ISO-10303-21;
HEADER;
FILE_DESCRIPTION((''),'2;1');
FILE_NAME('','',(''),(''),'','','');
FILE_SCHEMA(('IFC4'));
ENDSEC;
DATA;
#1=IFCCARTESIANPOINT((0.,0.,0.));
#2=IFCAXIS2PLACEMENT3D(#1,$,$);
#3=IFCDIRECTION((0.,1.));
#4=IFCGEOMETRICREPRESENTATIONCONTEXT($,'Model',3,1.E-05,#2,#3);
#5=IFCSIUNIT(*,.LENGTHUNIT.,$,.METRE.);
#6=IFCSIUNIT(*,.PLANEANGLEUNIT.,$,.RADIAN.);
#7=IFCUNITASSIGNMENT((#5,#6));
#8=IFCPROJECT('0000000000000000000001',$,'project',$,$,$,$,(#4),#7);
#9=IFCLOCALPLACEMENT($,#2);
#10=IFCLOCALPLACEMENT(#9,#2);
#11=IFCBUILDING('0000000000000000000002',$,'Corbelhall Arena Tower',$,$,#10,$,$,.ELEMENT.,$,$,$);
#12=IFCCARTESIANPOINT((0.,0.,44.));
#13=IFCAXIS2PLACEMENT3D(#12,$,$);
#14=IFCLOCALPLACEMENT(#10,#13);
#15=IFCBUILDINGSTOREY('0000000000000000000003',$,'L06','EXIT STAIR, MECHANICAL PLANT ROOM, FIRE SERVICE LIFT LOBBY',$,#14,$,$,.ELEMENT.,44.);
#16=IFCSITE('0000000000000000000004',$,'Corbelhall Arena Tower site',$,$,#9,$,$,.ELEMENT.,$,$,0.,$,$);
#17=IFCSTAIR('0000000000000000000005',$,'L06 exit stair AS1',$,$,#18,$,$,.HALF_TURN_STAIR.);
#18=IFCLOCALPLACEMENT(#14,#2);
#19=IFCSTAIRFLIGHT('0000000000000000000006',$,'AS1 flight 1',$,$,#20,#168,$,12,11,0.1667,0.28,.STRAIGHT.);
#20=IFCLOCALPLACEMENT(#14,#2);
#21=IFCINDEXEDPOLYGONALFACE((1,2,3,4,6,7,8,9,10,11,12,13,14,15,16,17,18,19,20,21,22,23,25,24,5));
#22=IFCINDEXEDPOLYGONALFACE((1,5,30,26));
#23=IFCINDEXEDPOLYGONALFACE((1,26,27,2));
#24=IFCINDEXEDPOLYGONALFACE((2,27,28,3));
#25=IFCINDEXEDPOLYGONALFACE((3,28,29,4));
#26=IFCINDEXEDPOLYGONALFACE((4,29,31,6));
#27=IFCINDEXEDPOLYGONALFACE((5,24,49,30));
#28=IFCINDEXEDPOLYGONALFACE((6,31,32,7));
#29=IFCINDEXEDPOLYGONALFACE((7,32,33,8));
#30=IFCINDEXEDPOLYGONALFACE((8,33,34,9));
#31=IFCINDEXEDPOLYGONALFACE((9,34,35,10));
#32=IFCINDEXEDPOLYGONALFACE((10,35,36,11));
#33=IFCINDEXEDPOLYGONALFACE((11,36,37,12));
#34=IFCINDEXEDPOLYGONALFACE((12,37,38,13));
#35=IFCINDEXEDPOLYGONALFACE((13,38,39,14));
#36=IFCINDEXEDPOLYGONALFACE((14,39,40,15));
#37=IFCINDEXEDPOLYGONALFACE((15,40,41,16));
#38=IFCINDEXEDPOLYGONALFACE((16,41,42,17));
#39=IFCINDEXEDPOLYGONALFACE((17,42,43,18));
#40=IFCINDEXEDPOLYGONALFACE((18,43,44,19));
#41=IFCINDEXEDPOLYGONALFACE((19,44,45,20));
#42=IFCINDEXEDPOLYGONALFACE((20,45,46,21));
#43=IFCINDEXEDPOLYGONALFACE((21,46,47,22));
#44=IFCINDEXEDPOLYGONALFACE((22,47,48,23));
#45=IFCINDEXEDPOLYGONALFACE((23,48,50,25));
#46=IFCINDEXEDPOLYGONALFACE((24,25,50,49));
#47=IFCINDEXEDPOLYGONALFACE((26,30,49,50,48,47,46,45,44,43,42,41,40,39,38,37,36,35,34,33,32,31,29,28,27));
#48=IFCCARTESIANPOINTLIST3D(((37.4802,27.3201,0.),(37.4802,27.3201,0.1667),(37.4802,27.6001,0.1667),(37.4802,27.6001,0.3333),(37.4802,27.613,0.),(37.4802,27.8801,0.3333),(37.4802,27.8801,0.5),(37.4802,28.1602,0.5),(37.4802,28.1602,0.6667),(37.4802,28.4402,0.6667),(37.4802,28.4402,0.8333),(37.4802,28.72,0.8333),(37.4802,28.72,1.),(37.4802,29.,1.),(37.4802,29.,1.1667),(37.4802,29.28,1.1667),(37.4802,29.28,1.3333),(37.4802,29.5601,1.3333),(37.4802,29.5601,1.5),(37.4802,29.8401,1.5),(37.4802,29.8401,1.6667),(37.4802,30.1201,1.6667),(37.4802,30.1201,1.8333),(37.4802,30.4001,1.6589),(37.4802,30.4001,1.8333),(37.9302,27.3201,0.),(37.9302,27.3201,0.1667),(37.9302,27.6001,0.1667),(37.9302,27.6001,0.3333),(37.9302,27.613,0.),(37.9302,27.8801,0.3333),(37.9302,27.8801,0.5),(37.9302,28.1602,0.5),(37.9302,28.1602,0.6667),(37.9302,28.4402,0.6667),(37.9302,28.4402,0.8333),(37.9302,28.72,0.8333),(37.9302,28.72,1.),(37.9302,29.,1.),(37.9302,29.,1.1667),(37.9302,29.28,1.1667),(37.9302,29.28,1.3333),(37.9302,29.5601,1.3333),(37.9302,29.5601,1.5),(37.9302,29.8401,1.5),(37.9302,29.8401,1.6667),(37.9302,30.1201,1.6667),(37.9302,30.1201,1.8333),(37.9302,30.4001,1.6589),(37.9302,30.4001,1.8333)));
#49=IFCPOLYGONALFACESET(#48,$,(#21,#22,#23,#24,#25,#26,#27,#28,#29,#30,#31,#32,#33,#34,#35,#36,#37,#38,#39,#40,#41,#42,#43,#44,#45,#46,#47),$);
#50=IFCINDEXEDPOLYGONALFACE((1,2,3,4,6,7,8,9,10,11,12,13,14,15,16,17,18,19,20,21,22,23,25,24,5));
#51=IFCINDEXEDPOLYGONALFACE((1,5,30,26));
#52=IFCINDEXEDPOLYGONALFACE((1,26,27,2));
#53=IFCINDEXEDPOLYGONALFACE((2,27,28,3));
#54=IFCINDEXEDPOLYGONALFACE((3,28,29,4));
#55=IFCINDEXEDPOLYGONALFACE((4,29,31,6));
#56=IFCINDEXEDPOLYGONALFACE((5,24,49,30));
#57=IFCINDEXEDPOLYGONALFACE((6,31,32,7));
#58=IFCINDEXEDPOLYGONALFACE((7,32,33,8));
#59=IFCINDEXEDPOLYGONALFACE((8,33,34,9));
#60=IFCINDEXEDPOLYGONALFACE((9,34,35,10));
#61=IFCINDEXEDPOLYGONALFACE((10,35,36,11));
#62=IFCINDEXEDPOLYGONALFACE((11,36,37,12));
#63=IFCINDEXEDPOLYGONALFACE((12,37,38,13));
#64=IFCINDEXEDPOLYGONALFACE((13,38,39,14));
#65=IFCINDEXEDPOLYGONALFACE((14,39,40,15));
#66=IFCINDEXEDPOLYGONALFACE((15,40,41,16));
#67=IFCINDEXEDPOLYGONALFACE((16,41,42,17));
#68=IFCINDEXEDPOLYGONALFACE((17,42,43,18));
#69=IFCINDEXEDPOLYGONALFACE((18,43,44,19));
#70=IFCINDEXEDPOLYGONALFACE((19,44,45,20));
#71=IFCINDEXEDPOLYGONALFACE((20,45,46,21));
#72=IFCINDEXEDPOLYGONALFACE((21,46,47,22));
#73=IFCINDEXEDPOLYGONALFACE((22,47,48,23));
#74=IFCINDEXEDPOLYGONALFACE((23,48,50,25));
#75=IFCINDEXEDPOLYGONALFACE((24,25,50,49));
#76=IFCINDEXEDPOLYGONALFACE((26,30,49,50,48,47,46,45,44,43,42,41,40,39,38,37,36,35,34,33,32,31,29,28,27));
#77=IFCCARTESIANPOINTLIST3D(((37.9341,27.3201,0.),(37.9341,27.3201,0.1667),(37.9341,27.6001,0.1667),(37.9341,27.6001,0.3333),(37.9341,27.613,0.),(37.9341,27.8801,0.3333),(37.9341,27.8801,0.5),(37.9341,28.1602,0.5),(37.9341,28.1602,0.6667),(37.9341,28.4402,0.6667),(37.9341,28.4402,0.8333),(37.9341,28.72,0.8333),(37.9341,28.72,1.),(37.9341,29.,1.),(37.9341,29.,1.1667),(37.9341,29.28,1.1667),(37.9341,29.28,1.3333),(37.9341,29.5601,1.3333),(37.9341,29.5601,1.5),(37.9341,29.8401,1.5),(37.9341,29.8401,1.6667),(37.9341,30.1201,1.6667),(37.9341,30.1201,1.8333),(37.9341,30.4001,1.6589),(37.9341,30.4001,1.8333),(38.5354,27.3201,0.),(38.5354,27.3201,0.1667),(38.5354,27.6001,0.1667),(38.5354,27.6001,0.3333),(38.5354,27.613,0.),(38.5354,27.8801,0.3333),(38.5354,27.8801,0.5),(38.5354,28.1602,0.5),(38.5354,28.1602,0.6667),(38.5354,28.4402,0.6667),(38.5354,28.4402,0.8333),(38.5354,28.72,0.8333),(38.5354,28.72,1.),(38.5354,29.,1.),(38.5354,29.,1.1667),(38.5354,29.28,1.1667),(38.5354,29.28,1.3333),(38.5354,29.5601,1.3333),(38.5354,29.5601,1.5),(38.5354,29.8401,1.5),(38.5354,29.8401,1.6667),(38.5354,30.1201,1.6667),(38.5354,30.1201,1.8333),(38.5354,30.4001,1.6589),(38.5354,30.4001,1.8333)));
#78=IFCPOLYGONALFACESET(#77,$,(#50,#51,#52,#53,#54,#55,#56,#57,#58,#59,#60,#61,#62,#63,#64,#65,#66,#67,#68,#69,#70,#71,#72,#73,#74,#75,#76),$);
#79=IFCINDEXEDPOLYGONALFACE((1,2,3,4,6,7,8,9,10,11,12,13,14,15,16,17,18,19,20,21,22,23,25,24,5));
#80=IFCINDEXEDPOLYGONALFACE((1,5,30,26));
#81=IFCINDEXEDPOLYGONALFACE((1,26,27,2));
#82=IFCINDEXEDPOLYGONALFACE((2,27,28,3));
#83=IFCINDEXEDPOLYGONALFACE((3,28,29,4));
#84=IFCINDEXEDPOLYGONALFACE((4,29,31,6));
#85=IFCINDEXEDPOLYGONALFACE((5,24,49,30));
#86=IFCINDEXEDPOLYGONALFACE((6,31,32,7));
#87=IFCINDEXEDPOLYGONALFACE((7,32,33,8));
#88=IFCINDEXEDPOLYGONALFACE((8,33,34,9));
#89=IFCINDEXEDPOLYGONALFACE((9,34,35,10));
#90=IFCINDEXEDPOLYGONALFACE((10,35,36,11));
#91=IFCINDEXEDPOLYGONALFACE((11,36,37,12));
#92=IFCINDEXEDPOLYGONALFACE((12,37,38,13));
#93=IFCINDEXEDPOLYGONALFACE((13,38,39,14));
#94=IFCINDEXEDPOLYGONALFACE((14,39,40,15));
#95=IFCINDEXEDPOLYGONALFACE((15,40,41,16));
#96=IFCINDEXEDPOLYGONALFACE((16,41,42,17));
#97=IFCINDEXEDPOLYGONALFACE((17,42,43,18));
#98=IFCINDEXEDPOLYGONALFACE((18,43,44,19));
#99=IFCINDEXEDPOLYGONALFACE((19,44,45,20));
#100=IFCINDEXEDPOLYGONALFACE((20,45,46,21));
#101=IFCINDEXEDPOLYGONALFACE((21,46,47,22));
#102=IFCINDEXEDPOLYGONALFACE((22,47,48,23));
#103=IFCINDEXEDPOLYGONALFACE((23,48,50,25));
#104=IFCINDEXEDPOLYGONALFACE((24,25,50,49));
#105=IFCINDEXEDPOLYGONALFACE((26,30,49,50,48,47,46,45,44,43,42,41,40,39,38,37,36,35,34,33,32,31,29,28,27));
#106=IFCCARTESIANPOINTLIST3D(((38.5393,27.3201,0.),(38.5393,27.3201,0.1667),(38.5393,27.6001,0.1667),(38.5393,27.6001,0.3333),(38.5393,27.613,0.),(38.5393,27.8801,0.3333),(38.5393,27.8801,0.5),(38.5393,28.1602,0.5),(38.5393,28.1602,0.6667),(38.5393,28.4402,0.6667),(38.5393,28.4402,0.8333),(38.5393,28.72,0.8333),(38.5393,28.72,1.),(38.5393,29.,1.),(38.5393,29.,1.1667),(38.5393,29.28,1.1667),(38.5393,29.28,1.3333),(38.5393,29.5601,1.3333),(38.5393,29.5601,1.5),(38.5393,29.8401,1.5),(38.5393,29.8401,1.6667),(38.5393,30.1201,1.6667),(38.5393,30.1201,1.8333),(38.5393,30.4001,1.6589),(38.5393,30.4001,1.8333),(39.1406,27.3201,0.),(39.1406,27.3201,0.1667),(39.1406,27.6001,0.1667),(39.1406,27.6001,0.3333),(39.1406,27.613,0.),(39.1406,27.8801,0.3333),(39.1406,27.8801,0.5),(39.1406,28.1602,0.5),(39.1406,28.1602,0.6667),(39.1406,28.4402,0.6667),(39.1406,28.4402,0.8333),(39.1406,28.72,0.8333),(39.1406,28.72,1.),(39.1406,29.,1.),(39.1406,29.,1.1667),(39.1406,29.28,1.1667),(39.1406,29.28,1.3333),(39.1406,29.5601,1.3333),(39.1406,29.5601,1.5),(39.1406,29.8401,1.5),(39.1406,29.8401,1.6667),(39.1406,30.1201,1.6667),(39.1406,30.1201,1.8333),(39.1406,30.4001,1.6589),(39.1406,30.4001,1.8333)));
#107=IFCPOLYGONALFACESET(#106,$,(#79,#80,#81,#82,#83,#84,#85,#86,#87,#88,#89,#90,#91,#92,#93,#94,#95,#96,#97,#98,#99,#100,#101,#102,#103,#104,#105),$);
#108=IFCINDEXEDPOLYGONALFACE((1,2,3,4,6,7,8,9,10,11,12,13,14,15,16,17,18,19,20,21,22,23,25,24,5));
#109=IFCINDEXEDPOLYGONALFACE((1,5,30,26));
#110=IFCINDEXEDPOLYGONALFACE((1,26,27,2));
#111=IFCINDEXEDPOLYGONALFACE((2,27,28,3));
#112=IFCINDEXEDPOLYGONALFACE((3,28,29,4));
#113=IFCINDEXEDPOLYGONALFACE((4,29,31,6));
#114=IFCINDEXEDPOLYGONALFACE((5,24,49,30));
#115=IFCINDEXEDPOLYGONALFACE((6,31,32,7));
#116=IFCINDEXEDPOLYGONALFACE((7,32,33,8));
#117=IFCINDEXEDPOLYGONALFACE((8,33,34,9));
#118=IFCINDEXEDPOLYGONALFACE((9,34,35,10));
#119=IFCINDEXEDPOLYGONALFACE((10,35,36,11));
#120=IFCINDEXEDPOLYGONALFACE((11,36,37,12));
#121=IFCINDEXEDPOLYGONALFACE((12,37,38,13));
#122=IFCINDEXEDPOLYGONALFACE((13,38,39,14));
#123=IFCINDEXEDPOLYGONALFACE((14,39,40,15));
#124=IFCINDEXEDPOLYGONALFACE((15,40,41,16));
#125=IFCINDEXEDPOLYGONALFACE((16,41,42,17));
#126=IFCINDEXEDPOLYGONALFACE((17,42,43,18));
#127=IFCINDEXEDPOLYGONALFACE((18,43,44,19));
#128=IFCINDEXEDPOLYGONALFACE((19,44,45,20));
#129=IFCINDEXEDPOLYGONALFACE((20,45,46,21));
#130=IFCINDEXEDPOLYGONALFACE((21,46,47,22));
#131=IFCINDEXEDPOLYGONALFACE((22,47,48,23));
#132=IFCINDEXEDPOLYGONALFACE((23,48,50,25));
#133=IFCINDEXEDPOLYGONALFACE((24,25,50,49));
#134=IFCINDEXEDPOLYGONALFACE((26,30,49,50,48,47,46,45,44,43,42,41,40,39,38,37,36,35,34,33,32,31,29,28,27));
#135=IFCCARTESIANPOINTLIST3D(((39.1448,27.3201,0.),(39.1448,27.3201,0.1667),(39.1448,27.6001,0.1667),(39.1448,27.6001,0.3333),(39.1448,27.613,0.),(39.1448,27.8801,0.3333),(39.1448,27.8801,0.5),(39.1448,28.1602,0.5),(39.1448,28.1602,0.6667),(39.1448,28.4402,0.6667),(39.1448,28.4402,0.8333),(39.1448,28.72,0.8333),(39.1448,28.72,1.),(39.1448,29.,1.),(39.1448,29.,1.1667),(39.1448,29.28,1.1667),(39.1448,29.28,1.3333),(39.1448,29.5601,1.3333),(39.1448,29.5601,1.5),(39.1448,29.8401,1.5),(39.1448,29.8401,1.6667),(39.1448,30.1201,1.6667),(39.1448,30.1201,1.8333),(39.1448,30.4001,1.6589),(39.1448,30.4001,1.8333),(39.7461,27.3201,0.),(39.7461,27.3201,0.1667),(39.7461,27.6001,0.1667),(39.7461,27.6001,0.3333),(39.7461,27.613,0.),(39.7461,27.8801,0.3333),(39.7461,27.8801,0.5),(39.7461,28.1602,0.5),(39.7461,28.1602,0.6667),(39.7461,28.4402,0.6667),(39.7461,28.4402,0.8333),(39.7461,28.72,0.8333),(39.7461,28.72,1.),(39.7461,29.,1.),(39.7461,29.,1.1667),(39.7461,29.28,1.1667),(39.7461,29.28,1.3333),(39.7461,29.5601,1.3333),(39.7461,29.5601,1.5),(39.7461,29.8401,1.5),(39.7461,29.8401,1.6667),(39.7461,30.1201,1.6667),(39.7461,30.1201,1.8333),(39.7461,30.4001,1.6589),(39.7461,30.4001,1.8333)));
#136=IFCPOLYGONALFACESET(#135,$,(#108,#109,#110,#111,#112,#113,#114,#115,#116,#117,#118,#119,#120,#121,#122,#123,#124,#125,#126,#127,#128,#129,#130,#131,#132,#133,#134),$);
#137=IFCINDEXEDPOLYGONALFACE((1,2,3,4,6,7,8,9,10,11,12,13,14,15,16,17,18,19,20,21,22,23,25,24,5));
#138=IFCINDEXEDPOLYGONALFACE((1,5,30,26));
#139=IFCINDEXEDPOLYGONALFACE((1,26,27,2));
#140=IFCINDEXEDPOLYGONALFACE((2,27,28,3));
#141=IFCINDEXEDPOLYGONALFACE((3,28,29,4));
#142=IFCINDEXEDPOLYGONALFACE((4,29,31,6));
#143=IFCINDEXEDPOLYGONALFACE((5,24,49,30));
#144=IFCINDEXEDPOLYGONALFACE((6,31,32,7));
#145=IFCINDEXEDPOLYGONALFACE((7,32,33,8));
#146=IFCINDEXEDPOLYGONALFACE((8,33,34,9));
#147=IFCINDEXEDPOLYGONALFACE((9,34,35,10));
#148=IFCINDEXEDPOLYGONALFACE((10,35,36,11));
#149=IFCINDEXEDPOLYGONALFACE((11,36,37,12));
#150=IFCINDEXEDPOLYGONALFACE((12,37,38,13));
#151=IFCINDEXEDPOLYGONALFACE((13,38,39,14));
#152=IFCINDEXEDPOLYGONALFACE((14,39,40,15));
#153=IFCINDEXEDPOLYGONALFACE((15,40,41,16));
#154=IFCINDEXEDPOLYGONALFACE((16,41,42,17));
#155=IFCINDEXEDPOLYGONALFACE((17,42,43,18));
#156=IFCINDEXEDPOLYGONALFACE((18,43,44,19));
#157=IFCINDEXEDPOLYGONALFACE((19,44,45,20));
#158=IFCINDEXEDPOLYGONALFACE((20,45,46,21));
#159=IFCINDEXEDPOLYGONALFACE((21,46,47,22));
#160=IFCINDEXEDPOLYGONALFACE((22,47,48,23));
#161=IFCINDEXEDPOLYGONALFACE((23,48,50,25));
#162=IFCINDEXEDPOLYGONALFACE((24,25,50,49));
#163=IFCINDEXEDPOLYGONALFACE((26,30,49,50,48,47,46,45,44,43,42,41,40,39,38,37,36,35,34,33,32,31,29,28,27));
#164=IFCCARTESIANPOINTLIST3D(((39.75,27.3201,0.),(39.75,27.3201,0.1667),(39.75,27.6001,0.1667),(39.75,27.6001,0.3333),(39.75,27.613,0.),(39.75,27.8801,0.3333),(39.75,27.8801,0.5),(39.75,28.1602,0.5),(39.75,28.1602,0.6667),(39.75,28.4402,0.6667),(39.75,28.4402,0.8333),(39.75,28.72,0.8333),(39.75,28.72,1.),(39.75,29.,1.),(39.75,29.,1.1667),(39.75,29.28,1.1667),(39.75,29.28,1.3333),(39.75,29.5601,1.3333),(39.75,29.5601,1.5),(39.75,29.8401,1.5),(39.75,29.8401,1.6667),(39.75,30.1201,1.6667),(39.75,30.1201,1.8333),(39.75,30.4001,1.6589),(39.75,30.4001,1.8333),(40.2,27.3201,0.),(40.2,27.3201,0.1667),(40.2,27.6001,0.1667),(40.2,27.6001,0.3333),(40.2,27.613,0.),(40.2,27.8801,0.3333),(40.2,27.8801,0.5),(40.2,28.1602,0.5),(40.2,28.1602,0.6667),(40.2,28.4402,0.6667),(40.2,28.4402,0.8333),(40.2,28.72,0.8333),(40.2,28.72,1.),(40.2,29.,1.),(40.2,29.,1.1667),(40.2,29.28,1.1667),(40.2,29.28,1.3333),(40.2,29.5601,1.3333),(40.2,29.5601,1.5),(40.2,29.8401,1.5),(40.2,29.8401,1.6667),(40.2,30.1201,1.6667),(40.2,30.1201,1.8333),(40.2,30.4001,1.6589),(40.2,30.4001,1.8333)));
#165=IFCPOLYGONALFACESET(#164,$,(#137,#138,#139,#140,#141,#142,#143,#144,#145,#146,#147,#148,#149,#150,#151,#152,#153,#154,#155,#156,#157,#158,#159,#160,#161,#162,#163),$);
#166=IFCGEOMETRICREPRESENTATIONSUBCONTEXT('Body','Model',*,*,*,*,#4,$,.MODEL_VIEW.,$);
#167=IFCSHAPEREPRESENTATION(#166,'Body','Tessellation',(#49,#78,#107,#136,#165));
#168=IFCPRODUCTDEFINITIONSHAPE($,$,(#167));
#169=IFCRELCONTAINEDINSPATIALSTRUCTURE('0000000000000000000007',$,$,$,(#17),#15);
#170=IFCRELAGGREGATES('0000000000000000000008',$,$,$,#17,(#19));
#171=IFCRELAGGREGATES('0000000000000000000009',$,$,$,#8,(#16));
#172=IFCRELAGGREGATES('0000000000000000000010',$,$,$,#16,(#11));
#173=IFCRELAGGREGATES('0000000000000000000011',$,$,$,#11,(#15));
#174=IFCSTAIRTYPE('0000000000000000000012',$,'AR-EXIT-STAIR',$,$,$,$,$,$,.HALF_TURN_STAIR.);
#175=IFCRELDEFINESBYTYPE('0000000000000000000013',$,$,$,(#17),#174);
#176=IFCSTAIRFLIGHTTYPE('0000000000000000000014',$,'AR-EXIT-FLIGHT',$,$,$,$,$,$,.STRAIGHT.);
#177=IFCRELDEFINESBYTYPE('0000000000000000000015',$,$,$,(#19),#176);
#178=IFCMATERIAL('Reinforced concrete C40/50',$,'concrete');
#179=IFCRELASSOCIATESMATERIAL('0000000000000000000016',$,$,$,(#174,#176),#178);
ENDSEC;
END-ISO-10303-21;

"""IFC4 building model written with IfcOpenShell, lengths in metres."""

from ifc_helpers import new_model, si_unit, direction, frame, origin, place, context, subcontext, project, spatial, polyline, outline, extrude, material, type_object, element, aggregate, save


model = new_model("IFC4")

# Units and contexts
model_context = context("Model", 3, precision=1e-05, world=origin(), true_north=direction((0.0, 1.0)))
body_context = subcontext(model_context, "Body", "Model", "MODEL_VIEW")
ifc_project = project(units=[si_unit("LENGTHUNIT", "METRE"), si_unit("PLANEANGLEUNIT", "RADIAN")], contexts=[model_context])

# Site, building, storey
site_placement = place(None, origin())
site = spatial("IfcSite", under=ifc_project, at=site_placement, Name="Corbelhall Arena Tower site", CompositionType="ELEMENT", RefElevation=0.0)
building_placement = place(site_placement, origin())
building = spatial("IfcBuilding", under=site, at=building_placement, Name="Corbelhall Arena Tower", CompositionType="ELEMENT")
storey_placement = place(building_placement, frame((0.0, 0.0, 44.0)))
storey = spatial("IfcBuildingStorey", under=building, at=storey_placement, Name="L06", Description="EXIT STAIR, MECHANICAL PLANT ROOM, FIRE SERVICE LIFT LOBBY", CompositionType="ELEMENT", Elevation=44.0)

# Shared definitions
ifc_material_1 = material(Name="Reinforced concrete C40/50", Category="concrete")

# Stair, stair flight
stair_type = type_object("IfcStairType", Name="AR-EXIT-STAIR", PredefinedType="HALF_TURN_STAIR", material=ifc_material_1)
stair_1_placement = place(storey_placement, origin())
stair_1 = element("IfcStair", 1, at=stair_1_placement, inside=storey, type_object=stair_type, Name="L06 exit stair AS1", PredefinedType="HALF_TURN_STAIR")
stair_flight_type = type_object("IfcStairFlightType", Name="AR-EXIT-FLIGHT", PredefinedType="STRAIGHT", material=ifc_material_1)
stair_flight_1_placement = place(storey_placement, frame((38.8401, 27.3201, 0.0), z_axis=(0.0, 0.0, 1.0), x_axis=(0.0, 1.0, 0.0)))
stair_flight_1 = element("IfcStairFlight", 2, at=stair_flight_1_placement, type_object=stair_flight_type, Name="AS1 flight 1", NumberOfRisers=12, NumberOfTreads=11, PredefinedType="STRAIGHT", RiserHeight=0.1667, TreadLength=0.28, context=body_context, shape_type="SweptSolid", body=[
    extrude(outline(polyline([(0.0, 0.0), (0.0, 0.1667), (0.28, 0.1667), (0.28, 0.3333), (0.5601, 0.3333), (0.5601, 0.5), (0.8401, 0.5), (0.8401, 0.6667), (1.1201, 0.6667), (1.1201, 0.8333), (1.3999, 0.8333), (1.3999, 1.0), (1.6799, 1.0), (1.6799, 1.1667), (1.96, 1.1667), (1.96, 1.3333), (2.24, 1.3333), (2.24, 1.5), (2.52, 1.5), (2.52, 1.6667), (2.8, 1.6667), (2.8, 1.8333), (3.0801, 1.8333), (3.0801, 2.0), (3.0801, 1.6589), (0.293, 0.0), (0.0, 0.0)])), frame((0.0, 1.3599, 0.0), z_axis=(0.0, -1.0, 0.0), x_axis=(1.0, 0.0, 0.0)), (0.0, 0.0, 1.0), 0.45),
    extrude(outline(polyline([(0.0, 0.0), (0.0, 0.1667), (0.28, 0.1667), (0.28, 0.3333), (0.5601, 0.3333), (0.5601, 0.5), (0.8401, 0.5), (0.8401, 0.6667), (1.1201, 0.6667), (1.1201, 0.8333), (1.3999, 0.8333), (1.3999, 1.0), (1.6799, 1.0), (1.6799, 1.1667), (1.96, 1.1667), (1.96, 1.3333), (2.24, 1.3333), (2.24, 1.5), (2.52, 1.5), (2.52, 1.6667), (2.8, 1.6667), (2.8, 1.8333), (3.0801, 1.8333), (3.0801, 2.0), (3.0801, 1.6589), (0.293, 0.0), (0.0, 0.0)])), frame((0.0, 0.906, 0.0), z_axis=(0.0, -1.0, 0.0), x_axis=(1.0, 0.0, 0.0)), (0.0, 0.0, 1.0), 0.6013),
    extrude(outline(polyline([(0.0, 0.0), (0.0, 0.1667), (0.28, 0.1667), (0.28, 0.3333), (0.5601, 0.3333), (0.5601, 0.5), (0.8401, 0.5), (0.8401, 0.6667), (1.1201, 0.6667), (1.1201, 0.8333), (1.3999, 0.8333), (1.3999, 1.0), (1.6799, 1.0), (1.6799, 1.1667), (1.96, 1.1667), (1.96, 1.3333), (2.24, 1.3333), (2.24, 1.5), (2.52, 1.5), (2.52, 1.6667), (2.8, 1.6667), (2.8, 1.8333), (3.0801, 1.8333), (3.0801, 2.0), (3.0801, 1.6589), (0.293, 0.0), (0.0, 0.0)])), frame((0.0, 0.3008, 0.0), z_axis=(0.0, -1.0, 0.0), x_axis=(1.0, 0.0, 0.0)), (0.0, 0.0, 1.0), 0.6013),
    extrude(outline(polyline([(0.0, 0.0), (0.0, 0.1667), (0.28, 0.1667), (0.28, 0.3333), (0.5601, 0.3333), (0.5601, 0.5), (0.8401, 0.5), (0.8401, 0.6667), (1.1201, 0.6667), (1.1201, 0.8333), (1.3999, 0.8333), (1.3999, 1.0), (1.6799, 1.0), (1.6799, 1.1667), (1.96, 1.1667), (1.96, 1.3333), (2.24, 1.3333), (2.24, 1.5), (2.52, 1.5), (2.52, 1.6667), (2.8, 1.6667), (2.8, 1.8333), (3.0801, 1.8333), (3.0801, 2.0), (3.0801, 1.6589), (0.293, 0.0), (0.0, 0.0)])), frame((0.0, -0.3047, 0.0), z_axis=(0.0, -1.0, 0.0), x_axis=(1.0, 0.0, 0.0)), (0.0, 0.0, 1.0), 0.6013),
    extrude(outline(polyline([(0.0, 0.0), (0.0, 0.1667), (0.28, 0.1667), (0.28, 0.3333), (0.5601, 0.3333), (0.5601, 0.5), (0.8401, 0.5), (0.8401, 0.6667), (1.1201, 0.6667), (1.1201, 0.8333), (1.3999, 0.8333), (1.3999, 1.0), (1.6799, 1.0), (1.6799, 1.1667), (1.96, 1.1667), (1.96, 1.3333), (2.24, 1.3333), (2.24, 1.5), (2.52, 1.5), (2.52, 1.6667), (2.8, 1.6667), (2.8, 1.8333), (3.0801, 1.8333), (3.0801, 2.0), (3.0801, 1.6589), (0.293, 0.0), (0.0, 0.0)])), frame((0.0, -0.9099, 0.0), z_axis=(0.0, -1.0, 0.0), x_axis=(1.0, 0.0, 0.0)), (0.0, 0.0, 1.0), 0.45),
])
aggregate(stair_1, [stair_flight_1])

save(model, "model.ifc")
